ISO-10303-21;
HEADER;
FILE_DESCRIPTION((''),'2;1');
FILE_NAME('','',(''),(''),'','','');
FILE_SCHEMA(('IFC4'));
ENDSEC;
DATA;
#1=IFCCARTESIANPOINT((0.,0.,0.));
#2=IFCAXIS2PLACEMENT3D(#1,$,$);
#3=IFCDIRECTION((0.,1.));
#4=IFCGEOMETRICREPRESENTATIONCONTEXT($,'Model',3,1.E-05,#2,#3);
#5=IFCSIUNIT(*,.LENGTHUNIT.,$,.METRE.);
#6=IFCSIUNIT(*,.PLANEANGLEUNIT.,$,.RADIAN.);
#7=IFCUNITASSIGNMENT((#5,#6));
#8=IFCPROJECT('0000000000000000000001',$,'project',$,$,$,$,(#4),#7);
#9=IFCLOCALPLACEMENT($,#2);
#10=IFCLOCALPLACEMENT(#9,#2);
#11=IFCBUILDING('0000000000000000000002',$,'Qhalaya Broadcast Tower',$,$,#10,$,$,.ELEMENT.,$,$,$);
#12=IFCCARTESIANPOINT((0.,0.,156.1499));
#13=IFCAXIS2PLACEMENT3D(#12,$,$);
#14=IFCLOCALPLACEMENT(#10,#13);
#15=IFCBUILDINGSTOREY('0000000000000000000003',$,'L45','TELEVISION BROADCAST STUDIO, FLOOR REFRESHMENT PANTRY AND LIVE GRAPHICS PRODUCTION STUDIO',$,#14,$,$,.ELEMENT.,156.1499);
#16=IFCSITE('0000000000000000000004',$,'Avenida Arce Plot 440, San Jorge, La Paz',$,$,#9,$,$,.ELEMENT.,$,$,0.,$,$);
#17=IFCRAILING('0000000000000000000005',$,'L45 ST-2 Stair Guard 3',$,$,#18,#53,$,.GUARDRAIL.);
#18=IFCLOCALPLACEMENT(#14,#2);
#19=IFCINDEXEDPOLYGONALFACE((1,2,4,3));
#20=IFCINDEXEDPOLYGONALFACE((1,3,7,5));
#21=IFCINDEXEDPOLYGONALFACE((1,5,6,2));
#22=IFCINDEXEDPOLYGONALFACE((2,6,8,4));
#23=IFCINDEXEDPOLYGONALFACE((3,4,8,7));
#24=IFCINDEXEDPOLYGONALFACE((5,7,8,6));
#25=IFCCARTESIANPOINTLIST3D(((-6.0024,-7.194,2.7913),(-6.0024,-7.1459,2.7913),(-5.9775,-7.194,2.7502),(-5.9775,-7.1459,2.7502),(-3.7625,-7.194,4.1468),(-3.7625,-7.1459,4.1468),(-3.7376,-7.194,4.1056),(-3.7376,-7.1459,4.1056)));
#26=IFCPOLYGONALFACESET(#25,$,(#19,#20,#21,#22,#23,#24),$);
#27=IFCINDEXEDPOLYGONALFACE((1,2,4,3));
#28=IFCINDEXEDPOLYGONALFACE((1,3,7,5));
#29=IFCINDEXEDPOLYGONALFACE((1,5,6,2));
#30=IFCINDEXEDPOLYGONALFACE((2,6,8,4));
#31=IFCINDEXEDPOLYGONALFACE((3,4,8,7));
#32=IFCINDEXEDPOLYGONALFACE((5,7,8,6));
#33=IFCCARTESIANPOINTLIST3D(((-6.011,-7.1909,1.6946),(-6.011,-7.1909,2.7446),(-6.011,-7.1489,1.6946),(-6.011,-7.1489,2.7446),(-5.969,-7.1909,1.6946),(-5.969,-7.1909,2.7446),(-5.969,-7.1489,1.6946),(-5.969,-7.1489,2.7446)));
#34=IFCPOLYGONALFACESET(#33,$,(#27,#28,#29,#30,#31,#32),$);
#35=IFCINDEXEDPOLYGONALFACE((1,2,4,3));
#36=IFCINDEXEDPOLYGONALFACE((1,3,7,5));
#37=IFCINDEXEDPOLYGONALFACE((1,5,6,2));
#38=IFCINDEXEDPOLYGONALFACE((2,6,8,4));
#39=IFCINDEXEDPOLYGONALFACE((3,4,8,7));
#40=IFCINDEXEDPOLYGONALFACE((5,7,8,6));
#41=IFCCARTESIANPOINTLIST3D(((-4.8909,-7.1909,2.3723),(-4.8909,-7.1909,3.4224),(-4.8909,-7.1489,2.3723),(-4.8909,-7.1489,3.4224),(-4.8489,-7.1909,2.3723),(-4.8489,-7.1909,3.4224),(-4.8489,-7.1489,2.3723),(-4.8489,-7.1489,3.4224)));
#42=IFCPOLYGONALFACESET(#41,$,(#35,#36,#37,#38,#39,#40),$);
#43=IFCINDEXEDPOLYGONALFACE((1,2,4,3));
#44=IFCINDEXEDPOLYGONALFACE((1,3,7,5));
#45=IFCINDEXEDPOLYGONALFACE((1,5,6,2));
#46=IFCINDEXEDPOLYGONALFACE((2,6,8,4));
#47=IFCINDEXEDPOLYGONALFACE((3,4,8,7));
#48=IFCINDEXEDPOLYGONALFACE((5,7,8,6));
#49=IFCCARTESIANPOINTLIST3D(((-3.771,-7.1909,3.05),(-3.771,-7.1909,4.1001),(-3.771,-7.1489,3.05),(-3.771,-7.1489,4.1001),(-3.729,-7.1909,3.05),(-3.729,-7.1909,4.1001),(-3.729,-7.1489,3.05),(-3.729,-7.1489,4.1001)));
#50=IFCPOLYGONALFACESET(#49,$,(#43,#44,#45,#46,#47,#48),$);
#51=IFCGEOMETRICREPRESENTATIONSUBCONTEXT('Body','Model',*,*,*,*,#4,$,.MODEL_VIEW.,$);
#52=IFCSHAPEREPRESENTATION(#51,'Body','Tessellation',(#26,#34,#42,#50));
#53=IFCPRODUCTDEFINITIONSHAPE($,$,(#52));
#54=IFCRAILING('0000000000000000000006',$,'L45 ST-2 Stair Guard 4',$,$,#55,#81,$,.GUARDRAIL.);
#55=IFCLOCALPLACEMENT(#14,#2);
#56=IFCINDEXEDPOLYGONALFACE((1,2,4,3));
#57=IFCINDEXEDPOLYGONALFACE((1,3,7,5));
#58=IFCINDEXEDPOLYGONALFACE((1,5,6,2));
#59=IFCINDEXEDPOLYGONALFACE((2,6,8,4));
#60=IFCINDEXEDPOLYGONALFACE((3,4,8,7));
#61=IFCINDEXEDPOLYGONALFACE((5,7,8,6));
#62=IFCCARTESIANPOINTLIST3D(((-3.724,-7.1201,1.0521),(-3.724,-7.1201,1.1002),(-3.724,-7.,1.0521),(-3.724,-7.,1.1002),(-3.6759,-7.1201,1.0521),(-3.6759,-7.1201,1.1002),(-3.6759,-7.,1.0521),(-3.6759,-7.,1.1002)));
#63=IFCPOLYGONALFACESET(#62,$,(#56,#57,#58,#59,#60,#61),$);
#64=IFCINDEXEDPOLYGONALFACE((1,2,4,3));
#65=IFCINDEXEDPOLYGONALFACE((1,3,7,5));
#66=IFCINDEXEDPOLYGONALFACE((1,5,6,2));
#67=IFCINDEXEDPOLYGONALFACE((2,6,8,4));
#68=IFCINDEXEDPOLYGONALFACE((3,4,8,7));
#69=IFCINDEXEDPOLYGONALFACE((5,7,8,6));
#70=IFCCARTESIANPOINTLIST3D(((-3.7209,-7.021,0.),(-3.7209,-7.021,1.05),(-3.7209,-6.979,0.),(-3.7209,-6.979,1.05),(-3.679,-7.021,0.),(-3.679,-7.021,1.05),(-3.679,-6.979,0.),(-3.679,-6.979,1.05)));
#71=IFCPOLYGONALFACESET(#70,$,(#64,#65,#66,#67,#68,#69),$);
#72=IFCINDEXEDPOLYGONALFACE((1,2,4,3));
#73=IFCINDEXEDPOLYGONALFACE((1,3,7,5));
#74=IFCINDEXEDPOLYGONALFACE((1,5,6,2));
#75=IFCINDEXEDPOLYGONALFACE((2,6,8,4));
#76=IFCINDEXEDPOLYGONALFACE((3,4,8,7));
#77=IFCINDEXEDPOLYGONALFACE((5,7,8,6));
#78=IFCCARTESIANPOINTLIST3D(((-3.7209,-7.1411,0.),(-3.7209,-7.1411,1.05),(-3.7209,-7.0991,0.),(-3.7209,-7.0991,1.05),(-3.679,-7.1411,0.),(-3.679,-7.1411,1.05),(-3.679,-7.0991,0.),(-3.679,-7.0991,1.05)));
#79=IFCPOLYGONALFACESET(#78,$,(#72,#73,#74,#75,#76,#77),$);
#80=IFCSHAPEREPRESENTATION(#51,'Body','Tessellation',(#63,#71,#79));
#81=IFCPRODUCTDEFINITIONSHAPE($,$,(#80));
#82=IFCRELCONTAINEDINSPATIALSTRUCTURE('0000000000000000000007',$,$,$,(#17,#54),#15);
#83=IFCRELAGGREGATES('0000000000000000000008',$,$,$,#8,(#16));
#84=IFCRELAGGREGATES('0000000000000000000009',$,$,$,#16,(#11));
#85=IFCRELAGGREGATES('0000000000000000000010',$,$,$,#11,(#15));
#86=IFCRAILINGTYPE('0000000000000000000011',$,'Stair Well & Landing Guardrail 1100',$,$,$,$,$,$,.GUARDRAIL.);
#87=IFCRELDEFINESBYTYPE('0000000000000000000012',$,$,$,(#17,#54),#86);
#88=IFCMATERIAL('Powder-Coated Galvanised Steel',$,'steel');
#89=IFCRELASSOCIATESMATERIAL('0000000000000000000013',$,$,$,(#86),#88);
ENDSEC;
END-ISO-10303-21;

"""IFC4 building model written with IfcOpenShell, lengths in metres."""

from ifc_helpers import new_model, si_unit, direction, frame, origin, origin_2d, place, context, subcontext, project, spatial, rectangle, extrude, material, type_object, element, save


model = new_model("IFC4")

# Units and contexts
model_context = context("Model", 3, precision=1e-05, world=origin(), true_north=direction((0.0, 1.0)))
body_context = subcontext(model_context, "Body", "Model", "MODEL_VIEW")
ifc_project = project(units=[si_unit("LENGTHUNIT", "METRE"), si_unit("PLANEANGLEUNIT", "RADIAN")], contexts=[model_context])

# Site, building, storey
site_placement = place(None, origin())
site = spatial("IfcSite", under=ifc_project, at=site_placement, Name="Avenida Arce Plot 440, San Jorge, La Paz", CompositionType="ELEMENT", RefElevation=0.0)
building_placement = place(site_placement, origin())
building = spatial("IfcBuilding", under=site, at=building_placement, Name="Qhalaya Broadcast Tower", CompositionType="ELEMENT")
storey_placement = place(building_placement, frame((0.0, 0.0, 156.1499)))
storey = spatial("IfcBuildingStorey", under=building, at=storey_placement, Name="L45", Description="TELEVISION BROADCAST STUDIO, FLOOR REFRESHMENT PANTRY AND LIVE GRAPHICS PRODUCTION STUDIO", CompositionType="ELEMENT", Elevation=156.1499)

# Railings
ifc_material_1 = material(Name="Powder-Coated Galvanised Steel", Category="steel")
railing_type_1 = type_object("IfcRailingType", Name="Stair Well & Landing Guardrail 1100", PredefinedType="GUARDRAIL", material=ifc_material_1)
railing_1_placement = place(storey_placement, frame((-5.99, -7.1699, 1.6946)))
element("IfcRailing", 1, at=railing_1_placement, inside=storey, type_object=railing_type_1, Name="L45 ST-2 Stair Guard 3", PredefinedType="GUARDRAIL", context=body_context, shape_type="SweptSolid", body=[
    extrude(rectangle(XDim=0.0481, YDim=0.0481, at=origin_2d()), frame((0.0, 0.0, 1.0762), z_axis=(0.855553, 0.0, 0.517715), x_axis=(0.0, 1.0, 0.0)), (0.0, 0.0, 1.0), 2.6182),
    extrude(rectangle(XDim=0.042, YDim=0.042, at=origin_2d()), origin(), (0.0, 0.0, 1.0), 1.05),
    extrude(rectangle(XDim=0.042, YDim=0.042, at=origin_2d()), frame((1.1201, 0.0, 0.6777)), (0.0, 0.0, 1.0), 1.05),
    extrude(rectangle(XDim=0.042, YDim=0.042, at=origin_2d()), frame((2.24, 0.0, 1.3555)), (0.0, 0.0, 1.0), 1.05),
])
railing_2_placement = place(storey_placement, frame((-3.7, -7.0, 0.0)))
element("IfcRailing", 2, at=railing_2_placement, inside=storey, type_object=railing_type_1, Name="L45 ST-2 Stair Guard 4", PredefinedType="GUARDRAIL", context=body_context, shape_type="SweptSolid", body=[
    extrude(rectangle(XDim=0.0481, YDim=0.0481, at=origin_2d()), frame((0.0, 0.0, 1.0762), z_axis=(0.0, -1.0, 0.0), x_axis=(1.0, 0.0, 0.0)), (0.0, 0.0, 1.0), 0.1201),
    extrude(rectangle(XDim=0.042, YDim=0.042, at=origin_2d()), origin(), (0.0, 0.0, 1.0), 1.05),
    extrude(rectangle(XDim=0.042, YDim=0.042, at=origin_2d()), frame((0.0, -0.1201, 0.0)), (0.0, 0.0, 1.0), 1.05),
])

save(model, "model.ifc")
